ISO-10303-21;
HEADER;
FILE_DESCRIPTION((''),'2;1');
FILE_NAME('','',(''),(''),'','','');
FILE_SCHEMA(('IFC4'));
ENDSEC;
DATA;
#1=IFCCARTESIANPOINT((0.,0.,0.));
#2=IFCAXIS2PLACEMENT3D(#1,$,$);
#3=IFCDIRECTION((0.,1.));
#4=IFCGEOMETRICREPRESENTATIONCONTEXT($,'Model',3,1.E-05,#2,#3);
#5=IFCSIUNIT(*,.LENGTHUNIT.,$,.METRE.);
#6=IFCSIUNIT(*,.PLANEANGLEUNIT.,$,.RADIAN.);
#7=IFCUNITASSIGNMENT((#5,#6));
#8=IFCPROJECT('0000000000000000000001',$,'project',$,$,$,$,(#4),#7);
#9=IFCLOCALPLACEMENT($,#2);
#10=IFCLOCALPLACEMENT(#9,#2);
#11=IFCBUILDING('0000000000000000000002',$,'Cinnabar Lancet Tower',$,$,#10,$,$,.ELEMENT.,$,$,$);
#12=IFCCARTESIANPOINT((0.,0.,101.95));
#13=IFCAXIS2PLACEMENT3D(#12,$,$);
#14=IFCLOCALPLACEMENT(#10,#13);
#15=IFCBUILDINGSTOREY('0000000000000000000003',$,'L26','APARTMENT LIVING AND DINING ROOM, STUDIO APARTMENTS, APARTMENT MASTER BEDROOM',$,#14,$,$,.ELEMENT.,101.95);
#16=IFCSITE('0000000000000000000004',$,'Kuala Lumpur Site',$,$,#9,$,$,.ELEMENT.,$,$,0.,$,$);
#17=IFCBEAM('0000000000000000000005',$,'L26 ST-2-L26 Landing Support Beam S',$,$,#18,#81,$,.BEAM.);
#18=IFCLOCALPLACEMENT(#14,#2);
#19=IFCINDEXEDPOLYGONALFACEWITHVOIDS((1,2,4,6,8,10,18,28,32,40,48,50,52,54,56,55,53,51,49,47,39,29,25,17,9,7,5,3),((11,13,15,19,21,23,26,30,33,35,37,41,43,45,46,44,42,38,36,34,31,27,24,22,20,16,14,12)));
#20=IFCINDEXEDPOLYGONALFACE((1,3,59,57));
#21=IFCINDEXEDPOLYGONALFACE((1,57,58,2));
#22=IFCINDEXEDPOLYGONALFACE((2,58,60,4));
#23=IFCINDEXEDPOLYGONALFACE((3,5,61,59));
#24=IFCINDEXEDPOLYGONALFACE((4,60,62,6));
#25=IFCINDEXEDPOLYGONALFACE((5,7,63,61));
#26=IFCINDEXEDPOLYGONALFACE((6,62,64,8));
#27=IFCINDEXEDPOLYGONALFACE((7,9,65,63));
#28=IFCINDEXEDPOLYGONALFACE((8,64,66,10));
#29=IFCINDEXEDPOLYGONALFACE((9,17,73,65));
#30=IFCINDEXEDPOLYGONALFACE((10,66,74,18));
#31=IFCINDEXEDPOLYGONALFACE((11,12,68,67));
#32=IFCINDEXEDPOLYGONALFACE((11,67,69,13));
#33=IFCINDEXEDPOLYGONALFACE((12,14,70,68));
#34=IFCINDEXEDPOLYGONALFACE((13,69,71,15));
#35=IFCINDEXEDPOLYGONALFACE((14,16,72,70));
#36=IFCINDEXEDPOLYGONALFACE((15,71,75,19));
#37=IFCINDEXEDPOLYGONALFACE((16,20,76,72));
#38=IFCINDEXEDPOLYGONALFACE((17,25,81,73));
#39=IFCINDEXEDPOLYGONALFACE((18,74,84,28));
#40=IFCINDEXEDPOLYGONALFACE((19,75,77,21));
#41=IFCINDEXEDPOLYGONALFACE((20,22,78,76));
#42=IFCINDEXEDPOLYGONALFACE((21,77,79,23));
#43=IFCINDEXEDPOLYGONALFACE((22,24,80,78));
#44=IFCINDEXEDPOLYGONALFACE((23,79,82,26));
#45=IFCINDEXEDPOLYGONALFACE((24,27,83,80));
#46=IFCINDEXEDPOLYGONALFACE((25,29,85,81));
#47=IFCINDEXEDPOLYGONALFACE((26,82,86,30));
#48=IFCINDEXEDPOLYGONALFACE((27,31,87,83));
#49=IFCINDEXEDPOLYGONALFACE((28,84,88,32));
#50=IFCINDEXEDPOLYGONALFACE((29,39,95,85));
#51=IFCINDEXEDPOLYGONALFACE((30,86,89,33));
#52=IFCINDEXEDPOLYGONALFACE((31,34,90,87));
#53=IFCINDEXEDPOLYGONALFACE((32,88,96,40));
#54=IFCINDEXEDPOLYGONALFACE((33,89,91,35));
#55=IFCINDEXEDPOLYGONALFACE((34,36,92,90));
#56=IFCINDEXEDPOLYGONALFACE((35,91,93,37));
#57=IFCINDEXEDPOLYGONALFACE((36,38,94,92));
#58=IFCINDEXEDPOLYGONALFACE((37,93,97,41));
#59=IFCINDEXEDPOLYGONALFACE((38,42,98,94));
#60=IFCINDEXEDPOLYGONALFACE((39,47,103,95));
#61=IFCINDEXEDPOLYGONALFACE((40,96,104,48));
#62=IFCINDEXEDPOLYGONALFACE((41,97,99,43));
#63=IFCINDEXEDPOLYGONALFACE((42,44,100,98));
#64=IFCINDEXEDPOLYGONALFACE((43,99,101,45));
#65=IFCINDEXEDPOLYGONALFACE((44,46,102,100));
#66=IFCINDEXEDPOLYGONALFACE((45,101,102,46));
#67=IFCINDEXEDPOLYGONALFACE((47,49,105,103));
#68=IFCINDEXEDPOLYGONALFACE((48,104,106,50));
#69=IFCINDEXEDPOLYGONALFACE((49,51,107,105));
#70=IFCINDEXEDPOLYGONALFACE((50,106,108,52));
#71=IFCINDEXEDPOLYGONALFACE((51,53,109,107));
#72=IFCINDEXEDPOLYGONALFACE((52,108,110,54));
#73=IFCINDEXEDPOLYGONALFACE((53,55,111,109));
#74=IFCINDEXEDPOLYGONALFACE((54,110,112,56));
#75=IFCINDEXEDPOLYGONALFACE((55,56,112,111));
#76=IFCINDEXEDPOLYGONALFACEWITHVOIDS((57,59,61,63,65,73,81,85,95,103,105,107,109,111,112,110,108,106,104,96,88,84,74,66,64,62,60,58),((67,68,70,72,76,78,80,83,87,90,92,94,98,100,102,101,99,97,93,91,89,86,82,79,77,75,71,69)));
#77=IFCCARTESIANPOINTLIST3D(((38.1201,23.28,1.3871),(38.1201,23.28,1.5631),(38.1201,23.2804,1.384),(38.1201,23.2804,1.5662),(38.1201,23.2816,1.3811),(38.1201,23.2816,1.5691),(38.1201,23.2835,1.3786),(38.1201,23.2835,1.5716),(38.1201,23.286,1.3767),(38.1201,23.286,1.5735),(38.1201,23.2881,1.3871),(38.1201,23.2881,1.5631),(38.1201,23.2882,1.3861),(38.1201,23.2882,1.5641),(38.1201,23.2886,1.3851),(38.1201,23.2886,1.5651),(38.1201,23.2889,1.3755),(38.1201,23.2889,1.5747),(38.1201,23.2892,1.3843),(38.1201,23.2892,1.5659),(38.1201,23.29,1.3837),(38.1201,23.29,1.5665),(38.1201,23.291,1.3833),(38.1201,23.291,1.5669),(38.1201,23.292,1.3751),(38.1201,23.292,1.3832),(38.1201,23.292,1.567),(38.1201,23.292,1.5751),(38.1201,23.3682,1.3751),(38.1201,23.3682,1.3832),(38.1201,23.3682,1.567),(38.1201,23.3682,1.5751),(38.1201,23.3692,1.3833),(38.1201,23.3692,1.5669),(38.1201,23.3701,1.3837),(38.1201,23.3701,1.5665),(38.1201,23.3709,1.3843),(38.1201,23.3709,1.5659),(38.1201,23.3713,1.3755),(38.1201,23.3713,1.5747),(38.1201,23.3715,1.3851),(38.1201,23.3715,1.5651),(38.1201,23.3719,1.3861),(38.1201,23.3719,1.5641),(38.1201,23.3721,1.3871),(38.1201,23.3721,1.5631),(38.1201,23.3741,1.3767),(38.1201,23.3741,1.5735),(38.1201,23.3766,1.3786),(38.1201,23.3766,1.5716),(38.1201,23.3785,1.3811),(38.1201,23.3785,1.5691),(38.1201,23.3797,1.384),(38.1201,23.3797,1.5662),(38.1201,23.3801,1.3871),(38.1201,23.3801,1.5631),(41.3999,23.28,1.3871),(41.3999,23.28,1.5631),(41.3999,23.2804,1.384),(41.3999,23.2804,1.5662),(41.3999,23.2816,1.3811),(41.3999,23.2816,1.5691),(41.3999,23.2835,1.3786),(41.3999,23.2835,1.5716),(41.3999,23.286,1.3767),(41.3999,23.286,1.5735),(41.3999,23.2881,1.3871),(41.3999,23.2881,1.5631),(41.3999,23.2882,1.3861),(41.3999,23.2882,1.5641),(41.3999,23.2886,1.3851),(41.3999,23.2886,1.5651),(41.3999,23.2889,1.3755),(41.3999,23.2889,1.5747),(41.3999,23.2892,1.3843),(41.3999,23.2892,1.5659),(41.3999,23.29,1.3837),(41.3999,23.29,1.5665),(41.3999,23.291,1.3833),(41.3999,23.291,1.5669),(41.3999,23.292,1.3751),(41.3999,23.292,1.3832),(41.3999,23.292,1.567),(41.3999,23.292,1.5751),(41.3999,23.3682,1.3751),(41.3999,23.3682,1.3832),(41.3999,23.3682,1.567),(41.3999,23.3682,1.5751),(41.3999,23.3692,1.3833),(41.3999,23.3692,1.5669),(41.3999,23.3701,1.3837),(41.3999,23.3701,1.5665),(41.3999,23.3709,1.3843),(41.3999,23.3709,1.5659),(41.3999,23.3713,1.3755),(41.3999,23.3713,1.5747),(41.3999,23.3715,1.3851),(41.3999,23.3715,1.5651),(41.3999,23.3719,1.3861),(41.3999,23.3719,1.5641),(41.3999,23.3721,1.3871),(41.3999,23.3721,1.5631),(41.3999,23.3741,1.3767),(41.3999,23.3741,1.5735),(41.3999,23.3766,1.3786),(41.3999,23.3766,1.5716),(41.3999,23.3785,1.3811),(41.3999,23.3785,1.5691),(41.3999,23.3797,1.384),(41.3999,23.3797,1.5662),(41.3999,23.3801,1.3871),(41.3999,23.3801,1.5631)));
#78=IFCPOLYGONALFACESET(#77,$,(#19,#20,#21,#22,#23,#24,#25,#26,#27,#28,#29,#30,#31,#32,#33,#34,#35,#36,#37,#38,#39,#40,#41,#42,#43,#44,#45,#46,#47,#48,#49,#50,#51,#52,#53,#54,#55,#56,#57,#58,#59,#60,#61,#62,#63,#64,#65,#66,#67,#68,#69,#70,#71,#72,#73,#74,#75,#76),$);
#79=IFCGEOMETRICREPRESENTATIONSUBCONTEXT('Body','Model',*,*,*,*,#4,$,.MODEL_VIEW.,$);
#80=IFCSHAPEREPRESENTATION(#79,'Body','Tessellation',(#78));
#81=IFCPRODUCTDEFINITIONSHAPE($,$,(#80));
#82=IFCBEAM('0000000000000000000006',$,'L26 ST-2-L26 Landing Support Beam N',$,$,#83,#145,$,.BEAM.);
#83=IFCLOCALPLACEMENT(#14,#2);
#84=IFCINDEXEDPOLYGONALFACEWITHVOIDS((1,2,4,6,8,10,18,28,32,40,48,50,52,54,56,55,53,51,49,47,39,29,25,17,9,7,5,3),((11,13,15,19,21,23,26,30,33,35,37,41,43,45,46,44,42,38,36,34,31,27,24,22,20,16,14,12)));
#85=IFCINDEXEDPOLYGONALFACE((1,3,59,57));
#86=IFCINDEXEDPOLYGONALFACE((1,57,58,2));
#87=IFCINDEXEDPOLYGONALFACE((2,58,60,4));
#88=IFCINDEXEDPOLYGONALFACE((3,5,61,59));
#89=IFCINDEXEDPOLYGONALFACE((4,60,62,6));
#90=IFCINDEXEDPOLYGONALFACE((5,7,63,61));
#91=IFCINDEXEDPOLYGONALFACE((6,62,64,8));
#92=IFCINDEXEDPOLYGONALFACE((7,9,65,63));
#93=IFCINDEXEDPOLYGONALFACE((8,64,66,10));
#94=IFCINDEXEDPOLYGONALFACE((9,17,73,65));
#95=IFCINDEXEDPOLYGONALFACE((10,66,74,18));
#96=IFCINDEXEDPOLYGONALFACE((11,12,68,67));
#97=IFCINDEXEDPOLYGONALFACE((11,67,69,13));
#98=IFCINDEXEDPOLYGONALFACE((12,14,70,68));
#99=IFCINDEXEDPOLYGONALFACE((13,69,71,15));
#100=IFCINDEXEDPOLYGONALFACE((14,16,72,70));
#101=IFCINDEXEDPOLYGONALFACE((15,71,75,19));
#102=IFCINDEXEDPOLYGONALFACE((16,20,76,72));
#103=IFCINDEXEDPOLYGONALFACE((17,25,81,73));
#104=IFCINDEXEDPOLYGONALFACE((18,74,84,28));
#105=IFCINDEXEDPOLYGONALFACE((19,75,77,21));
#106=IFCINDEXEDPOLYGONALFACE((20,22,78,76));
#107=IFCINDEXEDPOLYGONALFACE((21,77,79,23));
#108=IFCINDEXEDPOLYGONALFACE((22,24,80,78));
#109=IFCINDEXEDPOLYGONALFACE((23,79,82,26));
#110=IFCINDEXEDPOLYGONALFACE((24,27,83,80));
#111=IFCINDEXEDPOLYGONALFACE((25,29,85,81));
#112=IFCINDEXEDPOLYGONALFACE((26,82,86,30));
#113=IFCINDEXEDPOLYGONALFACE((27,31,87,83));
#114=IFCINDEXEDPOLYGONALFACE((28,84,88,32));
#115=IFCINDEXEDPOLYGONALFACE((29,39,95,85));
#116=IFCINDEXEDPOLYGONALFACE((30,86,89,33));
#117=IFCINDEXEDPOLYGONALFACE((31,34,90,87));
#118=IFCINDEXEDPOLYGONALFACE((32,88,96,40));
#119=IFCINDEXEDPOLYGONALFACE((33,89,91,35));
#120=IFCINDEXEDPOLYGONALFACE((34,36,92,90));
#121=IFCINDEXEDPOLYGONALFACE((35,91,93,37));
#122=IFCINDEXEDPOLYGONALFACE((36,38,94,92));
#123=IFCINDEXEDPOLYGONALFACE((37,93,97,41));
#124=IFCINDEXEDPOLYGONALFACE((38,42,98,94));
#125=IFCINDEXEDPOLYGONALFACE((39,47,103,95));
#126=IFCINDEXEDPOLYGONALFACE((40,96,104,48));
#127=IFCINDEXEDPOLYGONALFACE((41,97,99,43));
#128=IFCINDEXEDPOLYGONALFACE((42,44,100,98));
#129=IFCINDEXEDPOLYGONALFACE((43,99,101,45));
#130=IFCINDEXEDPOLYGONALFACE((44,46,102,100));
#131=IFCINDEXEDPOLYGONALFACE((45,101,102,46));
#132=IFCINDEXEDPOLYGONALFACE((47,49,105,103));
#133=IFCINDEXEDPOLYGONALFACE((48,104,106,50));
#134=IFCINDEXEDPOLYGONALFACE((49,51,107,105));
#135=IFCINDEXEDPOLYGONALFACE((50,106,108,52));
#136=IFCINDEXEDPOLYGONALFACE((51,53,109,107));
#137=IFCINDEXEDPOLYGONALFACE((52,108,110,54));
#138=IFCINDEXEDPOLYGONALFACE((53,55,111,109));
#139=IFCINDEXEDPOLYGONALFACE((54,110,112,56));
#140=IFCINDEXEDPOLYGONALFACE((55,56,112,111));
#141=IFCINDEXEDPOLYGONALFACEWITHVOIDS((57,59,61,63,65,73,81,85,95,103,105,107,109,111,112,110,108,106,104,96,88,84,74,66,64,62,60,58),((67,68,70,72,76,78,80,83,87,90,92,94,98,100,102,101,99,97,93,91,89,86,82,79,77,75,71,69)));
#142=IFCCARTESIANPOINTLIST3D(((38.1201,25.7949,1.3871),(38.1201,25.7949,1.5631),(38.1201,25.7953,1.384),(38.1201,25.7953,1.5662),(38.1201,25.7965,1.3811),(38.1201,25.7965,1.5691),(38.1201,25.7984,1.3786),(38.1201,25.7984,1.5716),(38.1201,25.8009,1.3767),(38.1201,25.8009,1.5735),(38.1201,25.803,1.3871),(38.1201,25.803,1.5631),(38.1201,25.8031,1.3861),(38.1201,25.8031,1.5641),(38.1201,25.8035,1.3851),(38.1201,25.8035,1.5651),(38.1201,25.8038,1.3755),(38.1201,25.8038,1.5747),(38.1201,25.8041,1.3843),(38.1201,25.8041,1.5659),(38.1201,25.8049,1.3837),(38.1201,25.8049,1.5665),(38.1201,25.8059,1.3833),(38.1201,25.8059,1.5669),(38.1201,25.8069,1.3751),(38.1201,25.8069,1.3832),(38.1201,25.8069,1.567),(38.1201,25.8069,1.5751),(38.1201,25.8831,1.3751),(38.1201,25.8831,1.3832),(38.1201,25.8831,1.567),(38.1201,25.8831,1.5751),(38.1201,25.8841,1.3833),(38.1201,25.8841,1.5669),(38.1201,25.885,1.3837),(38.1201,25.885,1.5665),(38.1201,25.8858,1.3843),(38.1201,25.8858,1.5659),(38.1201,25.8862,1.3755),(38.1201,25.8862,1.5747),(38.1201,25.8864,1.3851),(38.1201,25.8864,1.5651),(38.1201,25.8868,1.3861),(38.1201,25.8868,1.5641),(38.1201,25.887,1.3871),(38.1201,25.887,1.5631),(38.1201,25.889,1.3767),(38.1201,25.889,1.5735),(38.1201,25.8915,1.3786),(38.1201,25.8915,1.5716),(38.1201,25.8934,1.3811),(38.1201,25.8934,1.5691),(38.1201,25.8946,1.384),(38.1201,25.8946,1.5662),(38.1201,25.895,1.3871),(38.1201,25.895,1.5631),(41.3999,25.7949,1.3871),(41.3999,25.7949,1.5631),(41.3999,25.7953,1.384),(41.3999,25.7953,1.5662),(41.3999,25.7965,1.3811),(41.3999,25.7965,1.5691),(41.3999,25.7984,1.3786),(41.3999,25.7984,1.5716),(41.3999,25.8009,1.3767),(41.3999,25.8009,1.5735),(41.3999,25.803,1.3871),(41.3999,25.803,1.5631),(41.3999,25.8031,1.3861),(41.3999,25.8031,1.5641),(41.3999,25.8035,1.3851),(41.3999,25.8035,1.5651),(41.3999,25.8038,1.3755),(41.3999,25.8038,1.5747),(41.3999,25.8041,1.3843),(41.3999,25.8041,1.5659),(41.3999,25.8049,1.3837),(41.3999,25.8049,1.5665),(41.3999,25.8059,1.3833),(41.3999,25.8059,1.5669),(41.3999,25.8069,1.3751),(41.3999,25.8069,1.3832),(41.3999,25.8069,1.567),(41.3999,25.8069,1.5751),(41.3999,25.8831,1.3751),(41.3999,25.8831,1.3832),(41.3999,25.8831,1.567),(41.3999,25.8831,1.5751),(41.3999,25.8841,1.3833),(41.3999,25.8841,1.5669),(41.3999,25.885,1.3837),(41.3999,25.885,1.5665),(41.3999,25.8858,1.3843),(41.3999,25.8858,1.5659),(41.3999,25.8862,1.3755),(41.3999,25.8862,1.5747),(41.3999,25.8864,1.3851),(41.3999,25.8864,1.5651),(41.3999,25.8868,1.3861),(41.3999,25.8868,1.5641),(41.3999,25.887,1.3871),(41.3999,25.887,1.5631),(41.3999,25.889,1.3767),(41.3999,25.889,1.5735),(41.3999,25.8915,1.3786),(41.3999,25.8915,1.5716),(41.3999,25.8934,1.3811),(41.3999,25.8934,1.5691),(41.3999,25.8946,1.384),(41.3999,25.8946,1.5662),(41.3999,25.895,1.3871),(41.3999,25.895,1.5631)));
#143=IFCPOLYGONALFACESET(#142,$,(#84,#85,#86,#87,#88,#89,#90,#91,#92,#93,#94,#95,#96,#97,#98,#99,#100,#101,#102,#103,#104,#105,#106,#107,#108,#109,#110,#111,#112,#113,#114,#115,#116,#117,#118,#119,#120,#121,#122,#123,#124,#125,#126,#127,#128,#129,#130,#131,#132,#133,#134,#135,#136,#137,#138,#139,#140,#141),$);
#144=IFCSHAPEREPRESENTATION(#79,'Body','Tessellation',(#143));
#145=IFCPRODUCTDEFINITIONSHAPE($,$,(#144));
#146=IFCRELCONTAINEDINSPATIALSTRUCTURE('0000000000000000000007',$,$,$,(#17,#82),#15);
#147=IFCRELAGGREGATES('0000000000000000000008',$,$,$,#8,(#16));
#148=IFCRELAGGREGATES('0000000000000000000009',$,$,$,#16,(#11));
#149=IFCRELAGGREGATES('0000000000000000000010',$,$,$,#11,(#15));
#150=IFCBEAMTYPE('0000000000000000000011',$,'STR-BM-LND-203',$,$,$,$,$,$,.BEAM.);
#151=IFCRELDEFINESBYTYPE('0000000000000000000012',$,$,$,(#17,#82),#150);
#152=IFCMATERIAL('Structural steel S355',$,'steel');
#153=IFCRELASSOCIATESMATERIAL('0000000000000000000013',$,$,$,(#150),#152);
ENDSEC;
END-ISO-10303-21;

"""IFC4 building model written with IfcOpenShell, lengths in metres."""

from ifc_helpers import new_model, si_unit, direction, frame, origin, origin_2d, place, context, subcontext, project, spatial, hollow_rectangle, extrude, material, material_profile, profile_set, type_object, element, save


model = new_model("IFC4")

# Units and contexts
model_context = context("Model", 3, precision=1e-05, world=origin(), true_north=direction((0.0, 1.0)))
body_context = subcontext(model_context, "Body", "Model", "MODEL_VIEW")
ifc_project = project(units=[si_unit("LENGTHUNIT", "METRE"), si_unit("PLANEANGLEUNIT", "RADIAN")], contexts=[model_context])

# Site, building, storey
site_placement = place(None, origin())
site = spatial("IfcSite", under=ifc_project, at=site_placement, Name="Kuala Lumpur Site", CompositionType="ELEMENT", RefElevation=0.0)
building_placement = place(site_placement, origin())
building = spatial("IfcBuilding", under=site, at=building_placement, Name="Cinnabar Lancet Tower", CompositionType="ELEMENT")
storey_placement = place(building_placement, frame((0.0, 0.0, 101.95)))
storey = spatial("IfcBuildingStorey", under=building, at=storey_placement, Name="L26", Description="APARTMENT LIVING AND DINING ROOM, STUDIO APARTMENTS, APARTMENT MASTER BEDROOM", CompositionType="ELEMENT", Elevation=101.95)

# Beams
ifc_material_1 = material(Name="Structural steel S355", Category="steel")
ifc_material_profile_1 = material_profile(ifc_material_1, hollow_rectangle(XDim=0.1001, YDim=0.2, WallThickness=0.0081, InnerFilletRadius=0.0039, OuterFilletRadius=0.012, at=origin_2d()), Name="RHS 200x100x8")
ifc_profile_set_1 = profile_set([ifc_material_profile_1], Name="Structural steel S355")
beam_type_1 = type_object("IfcBeamType", Name="STR-BM-LND-203", PredefinedType="BEAM", material=ifc_profile_set_1)
for number, where, z_axis, x_axis, name in (
    (1, (38.1201, 23.3301, 1.4751), (1.0, 0.0, 0.0), (0.0, 1.0, 0.0), "L26 ST-2-L26 Landing Support Beam S"),
    (2, (38.1201, 25.845, 1.4751), (1.0, 0.0, 0.0), (0.0, 1.0, 0.0), "L26 ST-2-L26 Landing Support Beam N"),
):
    element("IfcBeam", number, at=place(storey_placement, frame(where, z_axis=z_axis, x_axis=x_axis)), inside=storey, type_object=beam_type_1, Name=name, PredefinedType="BEAM", context=body_context, shape_type="SweptSolid", body=[
        extrude(hollow_rectangle(XDim=0.1001, YDim=0.2, WallThickness=0.0081, InnerFilletRadius=0.0039, OuterFilletRadius=0.012, at=origin_2d()), origin(), (0.0, 0.0, 1.0), 3.2798),
    ])

save(model, "model.ifc")
